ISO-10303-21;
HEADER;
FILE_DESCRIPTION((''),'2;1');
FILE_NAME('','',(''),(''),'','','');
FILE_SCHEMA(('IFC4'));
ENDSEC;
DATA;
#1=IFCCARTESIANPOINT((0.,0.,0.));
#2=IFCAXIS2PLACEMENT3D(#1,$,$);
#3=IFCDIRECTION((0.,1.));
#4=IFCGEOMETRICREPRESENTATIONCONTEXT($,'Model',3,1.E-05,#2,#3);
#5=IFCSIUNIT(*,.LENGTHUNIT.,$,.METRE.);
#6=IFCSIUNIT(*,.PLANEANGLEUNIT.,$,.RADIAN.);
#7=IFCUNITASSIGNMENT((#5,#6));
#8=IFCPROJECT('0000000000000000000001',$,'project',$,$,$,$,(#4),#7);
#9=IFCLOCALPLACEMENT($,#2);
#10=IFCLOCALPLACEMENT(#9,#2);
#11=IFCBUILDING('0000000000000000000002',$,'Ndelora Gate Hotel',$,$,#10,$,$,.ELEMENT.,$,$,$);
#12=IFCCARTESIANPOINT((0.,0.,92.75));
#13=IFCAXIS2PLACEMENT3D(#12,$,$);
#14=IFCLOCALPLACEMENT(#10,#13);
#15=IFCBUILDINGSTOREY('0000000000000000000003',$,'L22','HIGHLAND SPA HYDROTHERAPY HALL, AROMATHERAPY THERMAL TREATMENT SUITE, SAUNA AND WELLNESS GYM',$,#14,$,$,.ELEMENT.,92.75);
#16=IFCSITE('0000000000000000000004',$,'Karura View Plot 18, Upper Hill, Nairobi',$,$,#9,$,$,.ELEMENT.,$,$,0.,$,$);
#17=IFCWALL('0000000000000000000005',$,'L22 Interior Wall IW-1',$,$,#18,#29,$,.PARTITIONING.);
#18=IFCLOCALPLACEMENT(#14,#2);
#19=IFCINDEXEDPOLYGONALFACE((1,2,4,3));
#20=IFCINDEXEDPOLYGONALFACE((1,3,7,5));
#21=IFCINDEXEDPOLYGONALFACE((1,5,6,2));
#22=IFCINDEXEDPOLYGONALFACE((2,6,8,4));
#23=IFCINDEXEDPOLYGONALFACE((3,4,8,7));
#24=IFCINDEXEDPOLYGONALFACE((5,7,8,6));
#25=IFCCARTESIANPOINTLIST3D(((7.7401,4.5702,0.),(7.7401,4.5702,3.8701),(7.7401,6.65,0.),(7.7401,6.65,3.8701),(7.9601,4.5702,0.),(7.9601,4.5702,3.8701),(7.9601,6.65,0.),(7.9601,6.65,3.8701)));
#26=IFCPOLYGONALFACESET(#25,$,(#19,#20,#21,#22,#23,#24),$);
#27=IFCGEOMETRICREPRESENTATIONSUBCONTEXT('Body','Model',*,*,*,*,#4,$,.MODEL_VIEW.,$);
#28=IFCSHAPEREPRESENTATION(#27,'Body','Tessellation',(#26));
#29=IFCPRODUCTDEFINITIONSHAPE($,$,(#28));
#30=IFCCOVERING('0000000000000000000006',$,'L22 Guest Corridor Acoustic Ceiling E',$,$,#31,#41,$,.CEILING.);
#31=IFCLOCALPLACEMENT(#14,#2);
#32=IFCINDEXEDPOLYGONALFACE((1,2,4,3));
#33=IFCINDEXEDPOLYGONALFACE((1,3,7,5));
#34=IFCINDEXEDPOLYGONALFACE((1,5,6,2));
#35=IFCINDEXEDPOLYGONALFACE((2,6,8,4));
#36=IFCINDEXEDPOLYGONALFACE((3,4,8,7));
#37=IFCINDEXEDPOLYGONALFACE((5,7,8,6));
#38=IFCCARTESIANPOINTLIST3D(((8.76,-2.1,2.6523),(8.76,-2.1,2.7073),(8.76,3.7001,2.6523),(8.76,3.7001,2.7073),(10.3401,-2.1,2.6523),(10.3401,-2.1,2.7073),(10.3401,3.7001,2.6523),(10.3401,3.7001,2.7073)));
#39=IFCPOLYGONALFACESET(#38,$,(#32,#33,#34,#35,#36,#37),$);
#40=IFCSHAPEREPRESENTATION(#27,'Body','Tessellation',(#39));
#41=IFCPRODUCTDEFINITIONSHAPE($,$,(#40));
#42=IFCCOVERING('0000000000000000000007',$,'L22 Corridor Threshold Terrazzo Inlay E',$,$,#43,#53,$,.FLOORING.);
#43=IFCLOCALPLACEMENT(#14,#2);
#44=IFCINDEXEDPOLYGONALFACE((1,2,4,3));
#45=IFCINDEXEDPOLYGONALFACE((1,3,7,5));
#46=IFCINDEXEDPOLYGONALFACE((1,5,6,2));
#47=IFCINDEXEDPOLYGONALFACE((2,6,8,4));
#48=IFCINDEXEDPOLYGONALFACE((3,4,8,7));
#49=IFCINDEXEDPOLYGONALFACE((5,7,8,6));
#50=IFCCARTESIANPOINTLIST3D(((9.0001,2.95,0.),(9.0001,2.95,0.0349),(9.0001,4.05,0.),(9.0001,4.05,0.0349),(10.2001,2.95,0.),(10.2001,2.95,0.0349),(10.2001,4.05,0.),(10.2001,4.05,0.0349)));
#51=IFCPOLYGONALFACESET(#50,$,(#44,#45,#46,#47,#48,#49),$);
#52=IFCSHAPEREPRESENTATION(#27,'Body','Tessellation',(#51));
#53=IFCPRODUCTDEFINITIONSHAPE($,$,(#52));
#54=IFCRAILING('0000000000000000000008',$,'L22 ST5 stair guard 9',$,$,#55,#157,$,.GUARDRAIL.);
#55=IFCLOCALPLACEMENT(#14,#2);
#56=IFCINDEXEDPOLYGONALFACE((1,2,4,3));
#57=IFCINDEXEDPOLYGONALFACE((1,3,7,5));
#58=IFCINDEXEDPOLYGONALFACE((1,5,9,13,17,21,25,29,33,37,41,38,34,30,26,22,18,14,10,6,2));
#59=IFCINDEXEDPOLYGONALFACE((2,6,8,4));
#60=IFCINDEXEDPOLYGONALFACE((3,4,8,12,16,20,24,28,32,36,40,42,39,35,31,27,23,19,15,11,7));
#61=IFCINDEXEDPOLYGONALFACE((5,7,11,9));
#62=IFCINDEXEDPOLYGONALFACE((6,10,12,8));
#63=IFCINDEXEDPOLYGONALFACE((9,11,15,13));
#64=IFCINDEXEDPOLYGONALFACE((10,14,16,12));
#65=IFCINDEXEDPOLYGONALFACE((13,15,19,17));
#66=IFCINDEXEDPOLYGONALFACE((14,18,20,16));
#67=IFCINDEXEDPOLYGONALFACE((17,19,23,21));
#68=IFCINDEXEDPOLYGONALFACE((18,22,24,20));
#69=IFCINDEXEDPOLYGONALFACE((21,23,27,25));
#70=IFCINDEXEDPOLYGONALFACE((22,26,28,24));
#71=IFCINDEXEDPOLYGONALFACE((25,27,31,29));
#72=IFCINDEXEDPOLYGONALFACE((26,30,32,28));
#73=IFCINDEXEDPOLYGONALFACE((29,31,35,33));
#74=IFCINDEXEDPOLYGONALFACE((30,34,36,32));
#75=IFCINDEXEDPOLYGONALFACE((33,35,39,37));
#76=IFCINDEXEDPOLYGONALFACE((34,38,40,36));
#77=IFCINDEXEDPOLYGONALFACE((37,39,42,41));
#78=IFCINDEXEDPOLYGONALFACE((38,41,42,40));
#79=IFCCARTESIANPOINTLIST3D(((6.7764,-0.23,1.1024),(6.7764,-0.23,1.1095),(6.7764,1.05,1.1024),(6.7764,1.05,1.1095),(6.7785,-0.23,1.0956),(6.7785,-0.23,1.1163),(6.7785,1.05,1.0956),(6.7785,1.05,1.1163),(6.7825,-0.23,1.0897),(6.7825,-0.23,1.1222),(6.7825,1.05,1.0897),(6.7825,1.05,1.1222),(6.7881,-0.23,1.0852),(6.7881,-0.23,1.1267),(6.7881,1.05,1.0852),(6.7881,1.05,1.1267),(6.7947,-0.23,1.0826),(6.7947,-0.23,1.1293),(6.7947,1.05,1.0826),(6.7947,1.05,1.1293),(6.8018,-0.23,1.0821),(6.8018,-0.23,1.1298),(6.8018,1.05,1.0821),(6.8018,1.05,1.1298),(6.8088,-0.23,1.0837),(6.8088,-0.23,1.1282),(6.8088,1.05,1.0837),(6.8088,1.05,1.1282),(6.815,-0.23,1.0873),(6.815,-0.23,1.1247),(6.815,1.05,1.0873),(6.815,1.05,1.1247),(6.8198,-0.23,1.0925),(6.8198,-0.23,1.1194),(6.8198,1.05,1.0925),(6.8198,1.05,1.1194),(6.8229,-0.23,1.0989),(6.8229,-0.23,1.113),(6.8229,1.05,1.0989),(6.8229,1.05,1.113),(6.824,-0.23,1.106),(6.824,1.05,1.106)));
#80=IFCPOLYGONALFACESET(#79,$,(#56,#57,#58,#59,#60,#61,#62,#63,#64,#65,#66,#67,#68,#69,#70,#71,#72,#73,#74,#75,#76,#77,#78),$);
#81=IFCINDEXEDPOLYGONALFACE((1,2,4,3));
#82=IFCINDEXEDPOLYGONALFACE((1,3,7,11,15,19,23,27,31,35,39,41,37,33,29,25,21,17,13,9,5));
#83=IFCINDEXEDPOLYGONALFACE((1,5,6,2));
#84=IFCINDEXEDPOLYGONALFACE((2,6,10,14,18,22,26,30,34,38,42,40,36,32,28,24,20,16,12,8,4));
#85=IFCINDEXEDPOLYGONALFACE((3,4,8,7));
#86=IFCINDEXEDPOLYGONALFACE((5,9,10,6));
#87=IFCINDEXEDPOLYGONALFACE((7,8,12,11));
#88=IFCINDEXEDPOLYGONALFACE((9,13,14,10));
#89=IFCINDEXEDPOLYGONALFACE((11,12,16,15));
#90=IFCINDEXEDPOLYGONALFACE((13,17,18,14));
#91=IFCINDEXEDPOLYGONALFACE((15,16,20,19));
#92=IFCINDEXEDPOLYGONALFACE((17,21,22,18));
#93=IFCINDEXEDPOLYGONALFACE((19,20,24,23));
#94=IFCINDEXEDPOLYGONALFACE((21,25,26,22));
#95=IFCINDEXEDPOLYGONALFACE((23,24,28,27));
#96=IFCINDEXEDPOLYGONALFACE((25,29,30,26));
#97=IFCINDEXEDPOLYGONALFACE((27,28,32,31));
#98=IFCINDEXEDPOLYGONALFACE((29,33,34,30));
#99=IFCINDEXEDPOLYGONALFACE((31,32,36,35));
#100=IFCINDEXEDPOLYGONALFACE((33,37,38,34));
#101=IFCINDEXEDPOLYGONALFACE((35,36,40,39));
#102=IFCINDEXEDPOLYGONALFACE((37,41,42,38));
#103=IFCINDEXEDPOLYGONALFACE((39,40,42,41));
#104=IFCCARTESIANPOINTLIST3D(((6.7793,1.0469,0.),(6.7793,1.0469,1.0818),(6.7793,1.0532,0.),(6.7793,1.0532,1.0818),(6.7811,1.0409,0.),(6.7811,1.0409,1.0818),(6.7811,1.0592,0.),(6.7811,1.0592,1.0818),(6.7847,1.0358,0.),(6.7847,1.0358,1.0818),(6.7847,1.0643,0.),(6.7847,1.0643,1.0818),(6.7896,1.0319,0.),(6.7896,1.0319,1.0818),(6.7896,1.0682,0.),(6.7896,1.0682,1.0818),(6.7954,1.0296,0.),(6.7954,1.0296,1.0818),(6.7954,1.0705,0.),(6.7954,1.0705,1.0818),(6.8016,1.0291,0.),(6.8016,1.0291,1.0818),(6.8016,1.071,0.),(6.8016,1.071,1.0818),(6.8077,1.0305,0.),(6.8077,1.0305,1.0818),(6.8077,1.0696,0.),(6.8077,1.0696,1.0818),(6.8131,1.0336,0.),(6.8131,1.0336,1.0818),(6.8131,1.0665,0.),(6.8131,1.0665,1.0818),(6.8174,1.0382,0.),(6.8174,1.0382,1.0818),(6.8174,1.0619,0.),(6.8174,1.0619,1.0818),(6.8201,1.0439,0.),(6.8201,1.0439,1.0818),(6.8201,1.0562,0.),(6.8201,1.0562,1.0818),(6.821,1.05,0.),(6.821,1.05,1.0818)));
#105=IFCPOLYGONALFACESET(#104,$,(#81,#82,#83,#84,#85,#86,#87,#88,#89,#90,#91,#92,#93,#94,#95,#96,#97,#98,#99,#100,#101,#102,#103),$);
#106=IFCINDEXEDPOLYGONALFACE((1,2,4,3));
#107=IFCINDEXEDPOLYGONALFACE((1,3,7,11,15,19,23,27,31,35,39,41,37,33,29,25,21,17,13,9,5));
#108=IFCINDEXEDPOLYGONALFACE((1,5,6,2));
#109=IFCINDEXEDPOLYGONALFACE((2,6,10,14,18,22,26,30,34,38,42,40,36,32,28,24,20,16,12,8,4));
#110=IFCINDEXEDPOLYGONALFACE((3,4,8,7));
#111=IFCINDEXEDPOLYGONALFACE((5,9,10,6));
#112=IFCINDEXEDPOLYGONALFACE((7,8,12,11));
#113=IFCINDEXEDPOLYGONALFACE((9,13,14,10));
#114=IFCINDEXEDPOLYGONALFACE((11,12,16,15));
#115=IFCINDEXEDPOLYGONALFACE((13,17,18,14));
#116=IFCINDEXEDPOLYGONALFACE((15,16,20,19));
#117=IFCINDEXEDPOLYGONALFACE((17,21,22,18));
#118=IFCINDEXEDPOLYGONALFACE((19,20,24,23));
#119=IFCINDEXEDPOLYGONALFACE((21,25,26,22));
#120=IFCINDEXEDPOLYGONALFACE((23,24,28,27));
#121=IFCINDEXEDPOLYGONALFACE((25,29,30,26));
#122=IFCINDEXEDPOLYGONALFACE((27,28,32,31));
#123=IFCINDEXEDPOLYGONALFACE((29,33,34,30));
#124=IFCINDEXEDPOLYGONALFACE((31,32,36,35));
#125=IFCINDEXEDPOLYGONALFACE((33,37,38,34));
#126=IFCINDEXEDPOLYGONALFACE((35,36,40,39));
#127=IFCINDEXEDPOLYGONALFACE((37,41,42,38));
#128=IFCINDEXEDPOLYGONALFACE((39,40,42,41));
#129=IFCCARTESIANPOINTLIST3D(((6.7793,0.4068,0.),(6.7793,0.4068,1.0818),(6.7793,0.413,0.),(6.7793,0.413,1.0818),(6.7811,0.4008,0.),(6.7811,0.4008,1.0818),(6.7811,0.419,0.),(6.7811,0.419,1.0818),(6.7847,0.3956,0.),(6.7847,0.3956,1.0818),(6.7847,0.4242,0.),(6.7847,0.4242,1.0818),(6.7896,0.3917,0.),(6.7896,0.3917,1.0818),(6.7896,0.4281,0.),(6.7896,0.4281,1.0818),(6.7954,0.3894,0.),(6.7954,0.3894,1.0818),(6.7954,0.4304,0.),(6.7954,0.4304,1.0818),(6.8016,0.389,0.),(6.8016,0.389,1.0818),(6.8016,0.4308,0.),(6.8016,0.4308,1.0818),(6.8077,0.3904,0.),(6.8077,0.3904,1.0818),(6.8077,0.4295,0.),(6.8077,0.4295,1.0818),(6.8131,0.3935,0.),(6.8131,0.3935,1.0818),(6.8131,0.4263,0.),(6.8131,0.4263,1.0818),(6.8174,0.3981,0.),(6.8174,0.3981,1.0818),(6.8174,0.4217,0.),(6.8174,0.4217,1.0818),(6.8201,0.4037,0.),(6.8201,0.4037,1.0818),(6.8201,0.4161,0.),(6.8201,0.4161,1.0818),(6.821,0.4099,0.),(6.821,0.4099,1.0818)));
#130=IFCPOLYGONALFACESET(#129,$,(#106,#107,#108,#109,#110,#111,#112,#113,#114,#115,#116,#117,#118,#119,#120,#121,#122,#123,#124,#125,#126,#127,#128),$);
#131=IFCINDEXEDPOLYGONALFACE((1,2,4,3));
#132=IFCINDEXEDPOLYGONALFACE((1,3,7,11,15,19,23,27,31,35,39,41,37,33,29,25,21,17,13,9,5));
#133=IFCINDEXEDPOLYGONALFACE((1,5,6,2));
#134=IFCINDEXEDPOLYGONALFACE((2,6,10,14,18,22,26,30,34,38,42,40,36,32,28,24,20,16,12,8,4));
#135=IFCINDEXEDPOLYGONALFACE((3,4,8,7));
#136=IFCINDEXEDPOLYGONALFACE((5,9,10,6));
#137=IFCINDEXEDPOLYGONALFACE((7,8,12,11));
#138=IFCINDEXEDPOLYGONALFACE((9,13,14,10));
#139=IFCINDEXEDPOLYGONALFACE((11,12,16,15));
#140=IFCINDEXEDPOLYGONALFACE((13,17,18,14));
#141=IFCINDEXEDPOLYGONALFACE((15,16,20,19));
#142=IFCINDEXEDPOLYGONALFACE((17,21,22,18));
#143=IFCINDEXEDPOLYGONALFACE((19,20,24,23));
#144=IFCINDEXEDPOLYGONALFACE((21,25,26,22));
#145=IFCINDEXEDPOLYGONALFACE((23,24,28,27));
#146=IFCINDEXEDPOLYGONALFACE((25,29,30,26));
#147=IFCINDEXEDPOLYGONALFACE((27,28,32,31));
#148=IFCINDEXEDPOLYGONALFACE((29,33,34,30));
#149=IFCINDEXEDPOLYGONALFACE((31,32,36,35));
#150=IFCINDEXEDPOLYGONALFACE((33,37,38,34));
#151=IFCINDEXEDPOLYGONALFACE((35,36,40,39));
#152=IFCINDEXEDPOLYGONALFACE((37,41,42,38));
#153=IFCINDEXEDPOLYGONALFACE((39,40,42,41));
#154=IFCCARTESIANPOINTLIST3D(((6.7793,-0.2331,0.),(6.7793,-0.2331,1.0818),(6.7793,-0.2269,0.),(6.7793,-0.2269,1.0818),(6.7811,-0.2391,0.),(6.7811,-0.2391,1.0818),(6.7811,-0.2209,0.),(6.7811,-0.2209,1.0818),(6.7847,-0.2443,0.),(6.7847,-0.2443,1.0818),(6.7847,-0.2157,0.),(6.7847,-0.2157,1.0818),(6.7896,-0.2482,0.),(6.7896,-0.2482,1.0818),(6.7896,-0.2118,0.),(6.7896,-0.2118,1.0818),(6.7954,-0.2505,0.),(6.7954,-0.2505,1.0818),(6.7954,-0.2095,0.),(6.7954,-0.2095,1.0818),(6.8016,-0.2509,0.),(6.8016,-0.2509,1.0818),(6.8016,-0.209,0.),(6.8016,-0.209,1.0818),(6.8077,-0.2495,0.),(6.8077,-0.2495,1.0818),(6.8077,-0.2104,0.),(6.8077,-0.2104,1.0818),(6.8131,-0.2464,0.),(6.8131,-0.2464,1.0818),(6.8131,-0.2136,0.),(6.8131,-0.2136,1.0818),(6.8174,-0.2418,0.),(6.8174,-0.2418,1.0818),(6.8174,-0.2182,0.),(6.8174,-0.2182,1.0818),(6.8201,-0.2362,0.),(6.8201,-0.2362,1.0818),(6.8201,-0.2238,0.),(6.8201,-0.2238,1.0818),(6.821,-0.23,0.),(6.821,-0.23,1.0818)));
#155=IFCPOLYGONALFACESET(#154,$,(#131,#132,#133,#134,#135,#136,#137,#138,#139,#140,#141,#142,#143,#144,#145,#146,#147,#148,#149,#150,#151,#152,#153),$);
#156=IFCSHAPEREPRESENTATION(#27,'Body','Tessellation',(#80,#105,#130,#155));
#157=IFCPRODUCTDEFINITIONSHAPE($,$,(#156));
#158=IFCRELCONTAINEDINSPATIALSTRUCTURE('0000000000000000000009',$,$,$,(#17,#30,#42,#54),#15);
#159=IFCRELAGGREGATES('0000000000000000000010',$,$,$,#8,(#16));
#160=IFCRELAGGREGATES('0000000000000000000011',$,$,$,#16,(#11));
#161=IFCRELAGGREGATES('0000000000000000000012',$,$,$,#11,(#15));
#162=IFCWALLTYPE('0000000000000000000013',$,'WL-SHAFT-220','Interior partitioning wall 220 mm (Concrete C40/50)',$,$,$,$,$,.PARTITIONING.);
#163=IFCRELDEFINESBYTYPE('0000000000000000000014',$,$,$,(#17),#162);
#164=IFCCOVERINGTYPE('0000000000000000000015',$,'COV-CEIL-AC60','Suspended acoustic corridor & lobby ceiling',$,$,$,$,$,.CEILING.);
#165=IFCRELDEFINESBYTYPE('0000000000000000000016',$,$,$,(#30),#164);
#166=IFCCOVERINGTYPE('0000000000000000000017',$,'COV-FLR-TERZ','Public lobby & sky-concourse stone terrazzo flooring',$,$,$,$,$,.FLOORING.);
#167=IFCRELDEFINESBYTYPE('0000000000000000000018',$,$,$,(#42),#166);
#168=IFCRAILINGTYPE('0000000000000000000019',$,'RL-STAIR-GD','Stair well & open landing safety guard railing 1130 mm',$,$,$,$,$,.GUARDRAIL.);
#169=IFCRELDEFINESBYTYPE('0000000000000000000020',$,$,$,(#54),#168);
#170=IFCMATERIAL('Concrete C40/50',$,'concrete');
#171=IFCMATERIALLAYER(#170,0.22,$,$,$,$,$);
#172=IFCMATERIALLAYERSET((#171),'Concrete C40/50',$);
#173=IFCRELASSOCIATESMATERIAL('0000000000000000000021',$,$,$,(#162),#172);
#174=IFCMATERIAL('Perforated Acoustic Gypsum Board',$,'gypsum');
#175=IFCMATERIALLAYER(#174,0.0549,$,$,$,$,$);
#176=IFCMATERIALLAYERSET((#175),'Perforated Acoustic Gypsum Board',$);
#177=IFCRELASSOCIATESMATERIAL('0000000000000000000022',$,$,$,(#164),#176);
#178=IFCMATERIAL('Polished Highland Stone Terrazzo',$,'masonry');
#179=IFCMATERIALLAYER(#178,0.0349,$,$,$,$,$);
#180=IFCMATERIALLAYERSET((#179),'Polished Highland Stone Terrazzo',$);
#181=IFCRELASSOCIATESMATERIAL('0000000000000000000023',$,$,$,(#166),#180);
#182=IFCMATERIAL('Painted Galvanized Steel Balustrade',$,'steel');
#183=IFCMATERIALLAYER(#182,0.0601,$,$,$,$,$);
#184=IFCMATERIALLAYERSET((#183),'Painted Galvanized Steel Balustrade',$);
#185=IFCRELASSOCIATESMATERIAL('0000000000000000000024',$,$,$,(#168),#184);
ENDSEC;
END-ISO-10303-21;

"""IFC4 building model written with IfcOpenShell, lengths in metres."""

from ifc_helpers import new_model, si_unit, direction, frame, frame_2d, origin, origin_2d, place, context, subcontext, project, spatial, rectangle, circle, extrude, material, layer, layer_set, type_object, element, save


model = new_model("IFC4")

# Units and contexts
model_context = context("Model", 3, precision=1e-05, world=origin(), true_north=direction((0.0, 1.0)))
body_context = subcontext(model_context, "Body", "Model", "MODEL_VIEW")
ifc_project = project(units=[si_unit("LENGTHUNIT", "METRE"), si_unit("PLANEANGLEUNIT", "RADIAN")], contexts=[model_context])

# Site, building, storey
site_placement = place(None, origin())
site = spatial("IfcSite", under=ifc_project, at=site_placement, Name="Karura View Plot 18, Upper Hill, Nairobi", CompositionType="ELEMENT", RefElevation=0.0)
building_placement = place(site_placement, origin())
building = spatial("IfcBuilding", under=site, at=building_placement, Name="Ndelora Gate Hotel", CompositionType="ELEMENT")
storey_placement = place(building_placement, frame((0.0, 0.0, 92.75)))
storey = spatial("IfcBuildingStorey", under=building, at=storey_placement, Name="L22", Description="HIGHLAND SPA HYDROTHERAPY HALL, AROMATHERAPY THERMAL TREATMENT SUITE, SAUNA AND WELLNESS GYM", CompositionType="ELEMENT", Elevation=92.75)

# Shared definitions
ifc_material_1 = material(Name="Concrete C40/50", Category="concrete")

# Wall
ifc_layer_1 = layer(ifc_material_1, 0.22)
ifc_layer_set_1 = layer_set([ifc_layer_1], Name="Concrete C40/50")
wall_type_1 = type_object("IfcWallType", Name="WL-SHAFT-220", Description="Interior partitioning wall 220 mm (Concrete C40/50)", PredefinedType="PARTITIONING", material=ifc_layer_set_1)
wall_1_placement = place(storey_placement, frame((7.8501, 4.5701, 0.0), z_axis=(0.0, 0.0, 1.0), x_axis=(0.0, 1.0, 0.0)))
element("IfcWall", 1, at=wall_1_placement, inside=storey, type_object=wall_type_1, Name="L22 Interior Wall IW-1", PredefinedType="PARTITIONING", context=body_context, shape_type="SweptSolid", body=[
    extrude(rectangle(XDim=2.0798, YDim=0.22, at=frame_2d((1.04, 0.0))), origin(), (0.0, 0.0, 1.0), 3.8701),
])

# Coverings
ifc_material_2 = material(Name="Perforated Acoustic Gypsum Board", Category="gypsum")
ifc_layer_2 = layer(ifc_material_2, 0.0549)
ifc_layer_set_2 = layer_set([ifc_layer_2], Name="Perforated Acoustic Gypsum Board")
covering_type_1 = type_object("IfcCoveringType", Name="COV-CEIL-AC60", Description="Suspended acoustic corridor & lobby ceiling", PredefinedType="CEILING", material=ifc_layer_set_2)
covering_1_placement = place(storey_placement, frame((9.55, 0.8, 2.6523), z_axis=(0.0, 0.0, 1.0), x_axis=(1.0, 0.0, 0.0)))
element("IfcCovering", 2, at=covering_1_placement, inside=storey, type_object=covering_type_1, Name="L22 Guest Corridor Acoustic Ceiling E", PredefinedType="CEILING", context=body_context, shape_type="SweptSolid", body=[
    extrude(rectangle(XDim=1.5801, YDim=5.8, at=origin_2d()), origin(), (0.0, 0.0, 1.0), 0.0549),
])
ifc_material_3 = material(Name="Polished Highland Stone Terrazzo", Category="masonry")
ifc_layer_3 = layer(ifc_material_3, 0.0349)
ifc_layer_set_3 = layer_set([ifc_layer_3], Name="Polished Highland Stone Terrazzo")
covering_type_2 = type_object("IfcCoveringType", Name="COV-FLR-TERZ", Description="Public lobby & sky-concourse stone terrazzo flooring", PredefinedType="FLOORING", material=ifc_layer_set_3)
covering_2_placement = place(storey_placement, frame((9.6001, 3.5, 0.0), z_axis=(0.0, 0.0, 1.0), x_axis=(1.0, 0.0, 0.0)))
element("IfcCovering", 3, at=covering_2_placement, inside=storey, type_object=covering_type_2, Name="L22 Corridor Threshold Terrazzo Inlay E", PredefinedType="FLOORING", context=body_context, shape_type="SweptSolid", body=[
    extrude(rectangle(XDim=1.2, YDim=1.1001, at=origin_2d()), origin(), (0.0, 0.0, 1.0), 0.0349),
])

# Railing
ifc_material_4 = material(Name="Painted Galvanized Steel Balustrade", Category="steel")
ifc_layer_4 = layer(ifc_material_4, 0.0601)
ifc_layer_set_4 = layer_set([ifc_layer_4], Name="Painted Galvanized Steel Balustrade")
railing_type = type_object("IfcRailingType", Name="RL-STAIR-GD", Description="Stair well & open landing safety guard railing 1130 mm", PredefinedType="GUARDRAIL", material=ifc_layer_set_4)
railing_placement = place(storey_placement, frame((6.8, 1.05, 0.0)))
element("IfcRailing", 4, at=railing_placement, inside=storey, type_object=railing_type, Name="L22 ST5 stair guard 9", PredefinedType="GUARDRAIL", context=body_context, shape_type="SweptSolid", body=[
    extrude(circle(Radius=0.0239, at=origin_2d()), frame((0.0, 0.0, 1.106), z_axis=(0.0, -1.0, 0.0), x_axis=(1.0, 0.0, 0.0)), (0.0, 0.0, 1.0), 1.28),
    extrude(circle(Radius=0.021, at=origin_2d()), origin(), (0.0, 0.0, 1.0), 1.0818),
    extrude(circle(Radius=0.021, at=origin_2d()), frame((0.0, -0.6401, 0.0)), (0.0, 0.0, 1.0), 1.0818),
    extrude(circle(Radius=0.021, at=origin_2d()), frame((0.0, -1.28, 0.0)), (0.0, 0.0, 1.0), 1.0818),
])

save(model, "model.ifc")
